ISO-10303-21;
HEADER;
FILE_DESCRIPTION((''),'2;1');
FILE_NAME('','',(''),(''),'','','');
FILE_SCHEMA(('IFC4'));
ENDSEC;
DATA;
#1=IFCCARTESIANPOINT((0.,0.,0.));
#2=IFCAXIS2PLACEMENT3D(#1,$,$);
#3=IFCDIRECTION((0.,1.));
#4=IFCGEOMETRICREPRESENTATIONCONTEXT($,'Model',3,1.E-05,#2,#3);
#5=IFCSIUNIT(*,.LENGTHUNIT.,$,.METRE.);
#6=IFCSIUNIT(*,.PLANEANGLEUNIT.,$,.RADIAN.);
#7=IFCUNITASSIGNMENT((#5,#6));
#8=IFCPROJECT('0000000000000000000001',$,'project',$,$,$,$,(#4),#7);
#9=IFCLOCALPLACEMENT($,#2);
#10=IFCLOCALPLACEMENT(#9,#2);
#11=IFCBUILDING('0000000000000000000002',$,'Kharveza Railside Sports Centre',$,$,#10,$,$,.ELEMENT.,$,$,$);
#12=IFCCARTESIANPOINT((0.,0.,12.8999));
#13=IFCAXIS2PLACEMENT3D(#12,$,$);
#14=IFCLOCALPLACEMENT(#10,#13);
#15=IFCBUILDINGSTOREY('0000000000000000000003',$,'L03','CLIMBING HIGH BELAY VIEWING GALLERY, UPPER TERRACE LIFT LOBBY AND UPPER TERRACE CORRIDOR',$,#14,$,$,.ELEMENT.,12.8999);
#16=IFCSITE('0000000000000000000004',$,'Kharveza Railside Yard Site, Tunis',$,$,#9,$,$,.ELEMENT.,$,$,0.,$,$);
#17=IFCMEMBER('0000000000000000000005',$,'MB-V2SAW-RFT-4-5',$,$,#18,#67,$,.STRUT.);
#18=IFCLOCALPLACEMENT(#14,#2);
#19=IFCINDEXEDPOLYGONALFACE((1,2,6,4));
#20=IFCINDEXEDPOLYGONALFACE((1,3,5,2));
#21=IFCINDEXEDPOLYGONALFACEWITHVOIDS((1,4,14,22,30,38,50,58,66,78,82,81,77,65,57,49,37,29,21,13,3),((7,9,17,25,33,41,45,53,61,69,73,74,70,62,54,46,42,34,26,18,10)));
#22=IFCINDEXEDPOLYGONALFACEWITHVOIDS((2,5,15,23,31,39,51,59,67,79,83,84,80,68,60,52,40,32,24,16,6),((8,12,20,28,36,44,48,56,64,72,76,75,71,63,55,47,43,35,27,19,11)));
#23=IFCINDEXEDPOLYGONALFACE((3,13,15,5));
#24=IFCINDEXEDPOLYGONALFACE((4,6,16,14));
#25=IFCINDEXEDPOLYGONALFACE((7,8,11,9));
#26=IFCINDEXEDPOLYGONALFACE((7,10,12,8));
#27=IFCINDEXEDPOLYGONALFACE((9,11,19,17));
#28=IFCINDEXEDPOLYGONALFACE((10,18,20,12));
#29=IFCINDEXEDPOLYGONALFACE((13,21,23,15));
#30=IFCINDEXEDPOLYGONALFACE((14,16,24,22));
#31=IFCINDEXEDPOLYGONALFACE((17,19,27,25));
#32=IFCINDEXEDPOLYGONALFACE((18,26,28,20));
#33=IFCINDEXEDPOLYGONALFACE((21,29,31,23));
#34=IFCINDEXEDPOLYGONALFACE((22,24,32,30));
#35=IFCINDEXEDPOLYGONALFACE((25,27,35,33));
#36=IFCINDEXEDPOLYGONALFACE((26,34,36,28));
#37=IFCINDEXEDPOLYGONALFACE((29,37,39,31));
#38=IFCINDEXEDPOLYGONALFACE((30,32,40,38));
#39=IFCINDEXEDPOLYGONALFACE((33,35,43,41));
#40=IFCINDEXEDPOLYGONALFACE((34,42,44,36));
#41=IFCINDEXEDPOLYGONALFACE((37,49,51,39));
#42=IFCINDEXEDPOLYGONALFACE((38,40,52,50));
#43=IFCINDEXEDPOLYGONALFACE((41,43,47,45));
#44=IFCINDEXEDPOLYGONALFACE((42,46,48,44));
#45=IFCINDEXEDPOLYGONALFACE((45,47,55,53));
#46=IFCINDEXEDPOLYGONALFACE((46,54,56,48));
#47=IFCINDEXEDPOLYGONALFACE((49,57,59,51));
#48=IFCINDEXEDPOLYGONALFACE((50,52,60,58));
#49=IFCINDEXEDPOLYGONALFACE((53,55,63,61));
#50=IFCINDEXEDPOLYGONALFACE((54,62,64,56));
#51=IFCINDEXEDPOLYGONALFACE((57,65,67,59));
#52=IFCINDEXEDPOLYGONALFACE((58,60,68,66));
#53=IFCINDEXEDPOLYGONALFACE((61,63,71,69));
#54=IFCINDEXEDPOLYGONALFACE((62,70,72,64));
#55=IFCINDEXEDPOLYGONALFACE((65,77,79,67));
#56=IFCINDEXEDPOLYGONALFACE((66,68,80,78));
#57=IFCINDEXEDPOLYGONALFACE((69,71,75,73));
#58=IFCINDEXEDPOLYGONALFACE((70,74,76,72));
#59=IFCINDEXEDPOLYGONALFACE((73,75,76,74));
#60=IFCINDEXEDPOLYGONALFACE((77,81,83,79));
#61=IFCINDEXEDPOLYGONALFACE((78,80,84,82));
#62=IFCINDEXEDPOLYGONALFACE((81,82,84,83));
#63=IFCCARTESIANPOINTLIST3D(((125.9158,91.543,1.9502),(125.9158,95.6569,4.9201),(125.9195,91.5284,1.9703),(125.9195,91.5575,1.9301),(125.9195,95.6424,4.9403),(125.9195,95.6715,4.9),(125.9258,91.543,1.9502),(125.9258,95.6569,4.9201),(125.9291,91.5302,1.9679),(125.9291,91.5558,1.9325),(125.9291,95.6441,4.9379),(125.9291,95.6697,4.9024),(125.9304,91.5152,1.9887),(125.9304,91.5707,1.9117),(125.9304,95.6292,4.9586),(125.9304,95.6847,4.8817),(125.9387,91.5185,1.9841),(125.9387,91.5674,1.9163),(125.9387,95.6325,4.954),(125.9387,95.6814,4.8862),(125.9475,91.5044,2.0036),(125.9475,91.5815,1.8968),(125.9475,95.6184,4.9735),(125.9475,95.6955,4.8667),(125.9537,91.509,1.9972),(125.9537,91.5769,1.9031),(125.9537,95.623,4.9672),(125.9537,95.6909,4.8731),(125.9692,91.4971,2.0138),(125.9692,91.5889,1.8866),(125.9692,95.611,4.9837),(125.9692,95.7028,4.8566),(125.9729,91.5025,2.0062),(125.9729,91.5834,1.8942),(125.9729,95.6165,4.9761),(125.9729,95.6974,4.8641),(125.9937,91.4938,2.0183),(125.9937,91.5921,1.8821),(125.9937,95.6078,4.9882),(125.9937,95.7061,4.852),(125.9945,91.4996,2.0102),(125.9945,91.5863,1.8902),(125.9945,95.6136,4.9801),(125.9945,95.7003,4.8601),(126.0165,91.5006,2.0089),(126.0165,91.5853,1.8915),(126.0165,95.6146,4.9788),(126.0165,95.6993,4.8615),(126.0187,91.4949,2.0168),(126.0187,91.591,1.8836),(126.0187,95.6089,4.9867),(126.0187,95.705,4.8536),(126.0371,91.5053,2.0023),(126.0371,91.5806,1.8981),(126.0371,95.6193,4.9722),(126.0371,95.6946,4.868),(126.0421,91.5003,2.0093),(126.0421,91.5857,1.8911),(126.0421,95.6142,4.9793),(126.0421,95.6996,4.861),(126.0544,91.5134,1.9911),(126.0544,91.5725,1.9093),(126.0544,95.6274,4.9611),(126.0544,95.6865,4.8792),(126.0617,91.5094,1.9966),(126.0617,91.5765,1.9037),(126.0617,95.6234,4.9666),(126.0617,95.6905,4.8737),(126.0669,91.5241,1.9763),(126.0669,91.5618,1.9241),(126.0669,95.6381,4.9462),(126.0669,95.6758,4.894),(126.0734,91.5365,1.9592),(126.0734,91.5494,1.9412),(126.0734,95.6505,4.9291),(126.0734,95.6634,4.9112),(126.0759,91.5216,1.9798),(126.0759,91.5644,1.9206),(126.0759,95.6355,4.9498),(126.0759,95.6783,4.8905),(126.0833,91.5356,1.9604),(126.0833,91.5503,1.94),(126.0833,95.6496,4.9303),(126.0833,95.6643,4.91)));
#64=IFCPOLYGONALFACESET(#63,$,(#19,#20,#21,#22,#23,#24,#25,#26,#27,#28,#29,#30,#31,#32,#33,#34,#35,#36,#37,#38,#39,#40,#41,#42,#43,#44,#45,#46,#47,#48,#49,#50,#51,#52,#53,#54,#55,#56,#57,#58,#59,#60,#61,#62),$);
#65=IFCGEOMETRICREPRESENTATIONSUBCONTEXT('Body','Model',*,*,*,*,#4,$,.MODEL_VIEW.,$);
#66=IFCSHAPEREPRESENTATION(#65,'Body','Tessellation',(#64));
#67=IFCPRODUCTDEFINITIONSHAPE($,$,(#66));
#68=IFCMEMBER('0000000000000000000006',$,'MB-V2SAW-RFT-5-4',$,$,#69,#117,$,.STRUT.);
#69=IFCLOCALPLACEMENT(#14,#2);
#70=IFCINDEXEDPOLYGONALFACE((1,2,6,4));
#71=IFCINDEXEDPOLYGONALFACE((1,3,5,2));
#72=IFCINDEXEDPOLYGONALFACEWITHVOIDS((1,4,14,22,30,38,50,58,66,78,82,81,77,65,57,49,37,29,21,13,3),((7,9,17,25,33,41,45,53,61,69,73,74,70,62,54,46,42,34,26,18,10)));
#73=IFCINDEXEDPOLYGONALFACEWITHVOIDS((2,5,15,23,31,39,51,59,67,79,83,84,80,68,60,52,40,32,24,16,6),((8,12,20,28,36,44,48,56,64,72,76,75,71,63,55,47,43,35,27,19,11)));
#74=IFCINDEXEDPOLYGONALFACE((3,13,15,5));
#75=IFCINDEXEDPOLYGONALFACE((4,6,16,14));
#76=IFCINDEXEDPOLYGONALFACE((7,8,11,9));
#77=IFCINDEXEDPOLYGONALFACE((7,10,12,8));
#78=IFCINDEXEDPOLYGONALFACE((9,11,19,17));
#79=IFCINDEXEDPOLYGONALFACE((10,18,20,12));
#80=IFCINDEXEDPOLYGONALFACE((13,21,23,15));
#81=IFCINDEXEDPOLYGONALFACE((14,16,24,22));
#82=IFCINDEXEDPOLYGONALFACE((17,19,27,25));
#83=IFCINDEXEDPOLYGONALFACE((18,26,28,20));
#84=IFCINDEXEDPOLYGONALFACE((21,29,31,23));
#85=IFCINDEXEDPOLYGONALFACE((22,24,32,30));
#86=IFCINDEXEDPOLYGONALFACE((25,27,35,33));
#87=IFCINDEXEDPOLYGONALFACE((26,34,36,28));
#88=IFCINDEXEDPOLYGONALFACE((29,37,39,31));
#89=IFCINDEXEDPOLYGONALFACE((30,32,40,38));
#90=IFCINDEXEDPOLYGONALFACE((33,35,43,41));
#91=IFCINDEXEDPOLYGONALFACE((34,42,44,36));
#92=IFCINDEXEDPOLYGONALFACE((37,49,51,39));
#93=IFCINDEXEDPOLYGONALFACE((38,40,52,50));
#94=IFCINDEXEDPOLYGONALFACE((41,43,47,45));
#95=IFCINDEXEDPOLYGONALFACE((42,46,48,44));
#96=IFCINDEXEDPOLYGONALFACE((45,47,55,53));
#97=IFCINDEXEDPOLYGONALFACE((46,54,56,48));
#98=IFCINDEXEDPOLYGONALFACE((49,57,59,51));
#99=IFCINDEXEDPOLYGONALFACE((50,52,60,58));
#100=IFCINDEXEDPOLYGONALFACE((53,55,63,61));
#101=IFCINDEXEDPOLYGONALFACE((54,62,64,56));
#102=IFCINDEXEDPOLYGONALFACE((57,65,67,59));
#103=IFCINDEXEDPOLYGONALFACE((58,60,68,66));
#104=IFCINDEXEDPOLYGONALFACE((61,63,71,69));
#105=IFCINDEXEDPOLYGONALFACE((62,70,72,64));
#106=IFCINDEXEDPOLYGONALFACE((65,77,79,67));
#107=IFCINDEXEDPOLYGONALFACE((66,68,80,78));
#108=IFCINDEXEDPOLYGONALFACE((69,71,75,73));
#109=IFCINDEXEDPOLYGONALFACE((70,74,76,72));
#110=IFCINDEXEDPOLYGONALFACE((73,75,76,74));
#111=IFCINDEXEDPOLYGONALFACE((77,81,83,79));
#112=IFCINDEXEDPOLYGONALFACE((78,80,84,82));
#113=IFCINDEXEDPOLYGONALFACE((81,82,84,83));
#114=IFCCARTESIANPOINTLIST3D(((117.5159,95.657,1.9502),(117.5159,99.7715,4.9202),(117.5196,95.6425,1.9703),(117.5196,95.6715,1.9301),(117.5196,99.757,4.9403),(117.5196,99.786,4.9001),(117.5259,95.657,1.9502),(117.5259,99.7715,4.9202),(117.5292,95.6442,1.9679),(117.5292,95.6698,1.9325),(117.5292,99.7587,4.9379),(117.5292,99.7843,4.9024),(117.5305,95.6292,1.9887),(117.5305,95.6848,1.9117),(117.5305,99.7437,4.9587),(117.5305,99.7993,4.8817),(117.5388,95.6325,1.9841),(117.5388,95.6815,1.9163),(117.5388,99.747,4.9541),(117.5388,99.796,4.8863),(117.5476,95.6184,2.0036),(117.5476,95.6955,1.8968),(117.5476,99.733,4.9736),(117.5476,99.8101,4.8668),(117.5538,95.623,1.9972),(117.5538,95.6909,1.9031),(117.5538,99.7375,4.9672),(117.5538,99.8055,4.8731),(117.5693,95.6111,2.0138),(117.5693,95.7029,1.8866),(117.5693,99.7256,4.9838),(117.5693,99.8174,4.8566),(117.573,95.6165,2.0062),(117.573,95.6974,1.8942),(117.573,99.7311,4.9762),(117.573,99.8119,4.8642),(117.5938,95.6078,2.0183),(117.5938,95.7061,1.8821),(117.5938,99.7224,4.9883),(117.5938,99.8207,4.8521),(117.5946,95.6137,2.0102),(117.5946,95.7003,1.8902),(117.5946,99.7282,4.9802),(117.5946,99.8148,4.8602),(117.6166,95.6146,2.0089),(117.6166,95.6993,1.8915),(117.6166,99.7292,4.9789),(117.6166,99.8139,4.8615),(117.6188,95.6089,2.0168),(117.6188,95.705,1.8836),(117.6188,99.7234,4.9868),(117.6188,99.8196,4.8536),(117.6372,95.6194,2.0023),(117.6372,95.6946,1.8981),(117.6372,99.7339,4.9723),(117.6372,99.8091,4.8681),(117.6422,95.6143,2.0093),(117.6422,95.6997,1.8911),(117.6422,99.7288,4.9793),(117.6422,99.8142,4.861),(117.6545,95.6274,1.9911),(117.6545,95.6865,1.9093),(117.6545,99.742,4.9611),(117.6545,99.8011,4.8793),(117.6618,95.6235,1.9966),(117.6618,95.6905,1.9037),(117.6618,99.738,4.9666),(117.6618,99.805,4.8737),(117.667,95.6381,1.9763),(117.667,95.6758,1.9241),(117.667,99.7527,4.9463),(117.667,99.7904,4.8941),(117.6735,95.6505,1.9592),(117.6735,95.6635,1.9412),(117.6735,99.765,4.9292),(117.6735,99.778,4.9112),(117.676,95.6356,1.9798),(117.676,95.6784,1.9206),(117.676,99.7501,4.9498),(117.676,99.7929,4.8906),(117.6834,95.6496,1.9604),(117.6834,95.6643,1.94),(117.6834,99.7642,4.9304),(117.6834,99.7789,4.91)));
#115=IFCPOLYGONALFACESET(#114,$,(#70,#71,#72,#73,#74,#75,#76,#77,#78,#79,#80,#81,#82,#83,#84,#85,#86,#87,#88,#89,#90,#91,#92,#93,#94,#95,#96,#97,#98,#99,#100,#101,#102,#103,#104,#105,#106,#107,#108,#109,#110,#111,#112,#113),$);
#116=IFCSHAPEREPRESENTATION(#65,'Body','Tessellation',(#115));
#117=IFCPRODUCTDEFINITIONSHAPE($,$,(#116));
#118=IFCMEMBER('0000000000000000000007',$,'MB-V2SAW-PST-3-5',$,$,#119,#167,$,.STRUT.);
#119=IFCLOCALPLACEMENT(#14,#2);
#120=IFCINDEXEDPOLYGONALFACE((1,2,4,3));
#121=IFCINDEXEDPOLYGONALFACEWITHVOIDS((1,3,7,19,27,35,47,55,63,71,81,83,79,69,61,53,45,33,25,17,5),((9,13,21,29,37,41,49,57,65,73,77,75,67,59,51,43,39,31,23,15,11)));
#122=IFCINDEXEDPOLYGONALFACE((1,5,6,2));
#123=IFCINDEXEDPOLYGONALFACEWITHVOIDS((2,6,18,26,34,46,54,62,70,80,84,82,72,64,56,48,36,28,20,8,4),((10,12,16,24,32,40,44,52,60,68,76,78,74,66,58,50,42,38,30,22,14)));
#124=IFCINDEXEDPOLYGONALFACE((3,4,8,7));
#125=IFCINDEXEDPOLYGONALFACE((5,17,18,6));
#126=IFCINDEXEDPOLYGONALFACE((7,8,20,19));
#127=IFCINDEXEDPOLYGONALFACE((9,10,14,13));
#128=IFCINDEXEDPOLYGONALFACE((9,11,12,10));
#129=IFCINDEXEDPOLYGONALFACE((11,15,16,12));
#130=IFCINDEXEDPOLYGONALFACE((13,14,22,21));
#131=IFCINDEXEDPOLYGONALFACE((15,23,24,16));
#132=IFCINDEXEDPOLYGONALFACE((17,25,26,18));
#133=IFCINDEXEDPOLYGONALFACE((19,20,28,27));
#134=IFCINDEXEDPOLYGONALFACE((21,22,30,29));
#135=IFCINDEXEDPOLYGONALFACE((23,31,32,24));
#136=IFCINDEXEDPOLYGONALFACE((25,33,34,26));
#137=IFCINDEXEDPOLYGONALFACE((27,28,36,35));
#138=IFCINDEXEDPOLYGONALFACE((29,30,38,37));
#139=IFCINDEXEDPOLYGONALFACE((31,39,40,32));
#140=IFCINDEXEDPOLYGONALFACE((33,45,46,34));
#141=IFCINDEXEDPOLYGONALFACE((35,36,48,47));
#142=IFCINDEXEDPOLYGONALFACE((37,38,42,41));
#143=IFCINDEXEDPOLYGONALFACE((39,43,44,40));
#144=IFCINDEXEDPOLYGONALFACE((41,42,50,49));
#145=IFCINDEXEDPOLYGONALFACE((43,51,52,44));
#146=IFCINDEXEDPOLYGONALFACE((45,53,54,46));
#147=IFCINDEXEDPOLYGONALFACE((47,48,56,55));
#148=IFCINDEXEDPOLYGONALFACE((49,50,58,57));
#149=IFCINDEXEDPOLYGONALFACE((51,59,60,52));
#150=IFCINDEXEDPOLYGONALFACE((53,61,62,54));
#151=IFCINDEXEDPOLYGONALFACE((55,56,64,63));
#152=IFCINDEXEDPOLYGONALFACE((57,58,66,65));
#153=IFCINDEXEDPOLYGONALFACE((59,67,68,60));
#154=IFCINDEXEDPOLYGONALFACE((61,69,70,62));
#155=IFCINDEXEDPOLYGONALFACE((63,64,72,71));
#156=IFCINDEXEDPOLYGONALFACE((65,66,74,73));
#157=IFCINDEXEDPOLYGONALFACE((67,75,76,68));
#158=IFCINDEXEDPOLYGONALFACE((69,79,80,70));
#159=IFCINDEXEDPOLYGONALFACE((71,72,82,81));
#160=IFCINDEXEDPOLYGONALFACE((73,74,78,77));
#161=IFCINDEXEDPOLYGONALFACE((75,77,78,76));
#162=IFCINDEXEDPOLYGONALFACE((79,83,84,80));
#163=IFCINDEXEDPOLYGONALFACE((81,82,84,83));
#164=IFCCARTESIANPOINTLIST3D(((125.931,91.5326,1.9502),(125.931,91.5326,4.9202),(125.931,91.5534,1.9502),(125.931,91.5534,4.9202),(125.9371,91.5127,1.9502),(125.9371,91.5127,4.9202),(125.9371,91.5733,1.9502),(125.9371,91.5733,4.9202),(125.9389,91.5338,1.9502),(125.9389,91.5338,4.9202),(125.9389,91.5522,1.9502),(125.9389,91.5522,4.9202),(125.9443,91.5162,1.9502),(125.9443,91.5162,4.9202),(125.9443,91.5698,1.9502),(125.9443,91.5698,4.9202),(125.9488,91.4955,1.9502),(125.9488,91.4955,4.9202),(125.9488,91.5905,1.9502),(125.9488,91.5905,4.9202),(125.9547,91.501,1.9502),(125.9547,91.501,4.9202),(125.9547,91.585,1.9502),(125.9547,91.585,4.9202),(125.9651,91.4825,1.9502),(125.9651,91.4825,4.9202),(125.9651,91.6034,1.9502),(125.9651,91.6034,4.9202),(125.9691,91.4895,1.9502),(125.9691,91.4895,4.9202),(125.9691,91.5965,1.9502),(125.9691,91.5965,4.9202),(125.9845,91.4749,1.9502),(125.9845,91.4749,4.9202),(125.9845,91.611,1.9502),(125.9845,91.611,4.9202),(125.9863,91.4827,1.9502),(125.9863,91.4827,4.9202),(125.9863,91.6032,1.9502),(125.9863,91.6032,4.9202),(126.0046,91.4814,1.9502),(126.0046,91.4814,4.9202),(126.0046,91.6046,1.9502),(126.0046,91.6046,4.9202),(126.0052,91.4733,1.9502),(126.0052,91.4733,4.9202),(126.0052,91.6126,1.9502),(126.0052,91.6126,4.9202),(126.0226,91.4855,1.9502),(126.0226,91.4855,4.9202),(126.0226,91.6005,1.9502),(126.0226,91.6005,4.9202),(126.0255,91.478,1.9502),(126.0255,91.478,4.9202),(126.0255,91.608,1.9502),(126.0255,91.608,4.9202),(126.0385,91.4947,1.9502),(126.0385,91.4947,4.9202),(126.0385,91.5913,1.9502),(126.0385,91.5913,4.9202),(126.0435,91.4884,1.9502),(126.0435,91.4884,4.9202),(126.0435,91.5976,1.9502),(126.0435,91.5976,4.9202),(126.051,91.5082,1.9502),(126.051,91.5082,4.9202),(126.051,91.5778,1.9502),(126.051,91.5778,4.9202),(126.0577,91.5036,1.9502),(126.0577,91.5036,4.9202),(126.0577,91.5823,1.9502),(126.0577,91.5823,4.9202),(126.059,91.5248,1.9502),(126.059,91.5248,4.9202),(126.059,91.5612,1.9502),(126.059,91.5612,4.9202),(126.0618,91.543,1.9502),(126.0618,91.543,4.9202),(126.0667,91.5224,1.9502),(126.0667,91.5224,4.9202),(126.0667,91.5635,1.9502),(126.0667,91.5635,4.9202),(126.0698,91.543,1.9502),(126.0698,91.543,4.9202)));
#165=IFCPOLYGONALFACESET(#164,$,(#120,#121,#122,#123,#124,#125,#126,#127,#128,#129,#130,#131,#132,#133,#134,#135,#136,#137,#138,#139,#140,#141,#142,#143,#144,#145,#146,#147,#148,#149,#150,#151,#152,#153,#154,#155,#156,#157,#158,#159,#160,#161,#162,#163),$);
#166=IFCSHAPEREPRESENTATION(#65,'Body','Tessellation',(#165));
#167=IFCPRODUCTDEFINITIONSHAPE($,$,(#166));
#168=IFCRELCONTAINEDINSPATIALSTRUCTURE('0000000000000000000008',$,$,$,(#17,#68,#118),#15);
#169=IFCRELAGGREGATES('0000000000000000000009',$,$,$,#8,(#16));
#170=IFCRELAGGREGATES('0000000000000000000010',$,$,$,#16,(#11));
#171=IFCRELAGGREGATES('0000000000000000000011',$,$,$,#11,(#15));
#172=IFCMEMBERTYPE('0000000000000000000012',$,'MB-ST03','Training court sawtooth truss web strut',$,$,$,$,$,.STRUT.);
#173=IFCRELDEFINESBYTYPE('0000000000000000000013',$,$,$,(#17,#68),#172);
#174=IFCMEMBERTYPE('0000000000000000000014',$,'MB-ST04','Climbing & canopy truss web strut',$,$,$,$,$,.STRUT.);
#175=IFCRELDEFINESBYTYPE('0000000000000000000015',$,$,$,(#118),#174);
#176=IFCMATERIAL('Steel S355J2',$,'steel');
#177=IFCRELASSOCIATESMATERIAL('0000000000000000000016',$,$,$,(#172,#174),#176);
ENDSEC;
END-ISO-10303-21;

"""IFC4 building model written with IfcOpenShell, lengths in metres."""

from ifc_helpers import new_model, si_unit, direction, frame, origin, origin_2d, place, context, subcontext, project, spatial, hollow_circle, extrude, material, material_profile, profile_set, type_object, element, save


model = new_model("IFC4")

# Units and contexts
model_context = context("Model", 3, precision=1e-05, world=origin(), true_north=direction((0.0, 1.0)))
body_context = subcontext(model_context, "Body", "Model", "MODEL_VIEW")
ifc_project = project(units=[si_unit("LENGTHUNIT", "METRE"), si_unit("PLANEANGLEUNIT", "RADIAN")], contexts=[model_context])

# Site, building, storey
site_placement = place(None, origin())
site = spatial("IfcSite", under=ifc_project, at=site_placement, Name="Kharveza Railside Yard Site, Tunis", CompositionType="ELEMENT", RefElevation=0.0)
building_placement = place(site_placement, origin())
building = spatial("IfcBuilding", under=site, at=building_placement, Name="Kharveza Railside Sports Centre", CompositionType="ELEMENT")
storey_placement = place(building_placement, frame((0.0, 0.0, 12.8999)))
storey = spatial("IfcBuildingStorey", under=building, at=storey_placement, Name="L03", Description="CLIMBING HIGH BELAY VIEWING GALLERY, UPPER TERRACE LIFT LOBBY AND UPPER TERRACE CORRIDOR", CompositionType="ELEMENT", Elevation=12.8999)

# Shared definitions
ifc_material_1 = material(Name="Steel S355J2", Category="steel")

# Members
ifc_material_profile_1 = material_profile(ifc_material_1, hollow_circle(Radius=0.0842, WallThickness=0.01, at=origin_2d()), Name="CHS 168.3x10.0")
ifc_profile_set_1 = profile_set([ifc_material_profile_1], Name="Steel S355J2")
member_type_1 = type_object("IfcMemberType", Name="MB-ST03", Description="Training court sawtooth truss web strut", PredefinedType="STRUT", material=ifc_profile_set_1)
member_1_placement = place(storey_placement, frame((126.0, 91.543, 1.9502), z_axis=(0.0, 0.810797, 0.585327), x_axis=(-1.0, 0.0, 0.0)))
element("IfcMember", 1, at=member_1_placement, inside=storey, type_object=member_type_1, Name="MB-V2SAW-RFT-4-5", PredefinedType="STRUT", context=body_context, shape_type="SweptSolid", body=[
    extrude(hollow_circle(Radius=0.0842, WallThickness=0.01, at=origin_2d()), origin(), (0.0, 0.0, 1.0), 5.074),
])
member_2_placement = place(storey_placement, frame((117.6001, 95.657, 1.9502), z_axis=(0.0, 0.81083, 0.585281), x_axis=(-1.0, 0.0, 0.0)))
element("IfcMember", 2, at=member_2_placement, inside=storey, type_object=member_type_1, Name="MB-V2SAW-RFT-5-4", PredefinedType="STRUT", context=body_context, shape_type="SweptSolid", body=[
    extrude(hollow_circle(Radius=0.0842, WallThickness=0.01, at=origin_2d()), origin(), (0.0, 0.0, 1.0), 5.0745),
])
ifc_material_profile_2 = material_profile(ifc_material_1, hollow_circle(Radius=0.0698, WallThickness=0.0081, at=origin_2d()), Name="CHS 139.7x8.0")
ifc_profile_set_2 = profile_set([ifc_material_profile_2], Name="Steel S355J2")
member_type_2 = type_object("IfcMemberType", Name="MB-ST04", Description="Climbing & canopy truss web strut", PredefinedType="STRUT", material=ifc_profile_set_2)
for number, where, z_axis, x_axis, name in (
    (3, (126.0, 91.543, 1.9502), (0.0, 0.0, 1.0), (1.0, 0.0, 0.0), "MB-V2SAW-PST-3-5"),
):
    element("IfcMember", number, at=place(storey_placement, frame(where, z_axis=z_axis, x_axis=x_axis)), inside=storey, type_object=member_type_2, Name=name, PredefinedType="STRUT", context=body_context, shape_type="SweptSolid", body=[
        extrude(hollow_circle(Radius=0.0698, WallThickness=0.0081, at=origin_2d()), origin(), (0.0, 0.0, 1.0), 2.97),
    ])

save(model, "model.ifc")
